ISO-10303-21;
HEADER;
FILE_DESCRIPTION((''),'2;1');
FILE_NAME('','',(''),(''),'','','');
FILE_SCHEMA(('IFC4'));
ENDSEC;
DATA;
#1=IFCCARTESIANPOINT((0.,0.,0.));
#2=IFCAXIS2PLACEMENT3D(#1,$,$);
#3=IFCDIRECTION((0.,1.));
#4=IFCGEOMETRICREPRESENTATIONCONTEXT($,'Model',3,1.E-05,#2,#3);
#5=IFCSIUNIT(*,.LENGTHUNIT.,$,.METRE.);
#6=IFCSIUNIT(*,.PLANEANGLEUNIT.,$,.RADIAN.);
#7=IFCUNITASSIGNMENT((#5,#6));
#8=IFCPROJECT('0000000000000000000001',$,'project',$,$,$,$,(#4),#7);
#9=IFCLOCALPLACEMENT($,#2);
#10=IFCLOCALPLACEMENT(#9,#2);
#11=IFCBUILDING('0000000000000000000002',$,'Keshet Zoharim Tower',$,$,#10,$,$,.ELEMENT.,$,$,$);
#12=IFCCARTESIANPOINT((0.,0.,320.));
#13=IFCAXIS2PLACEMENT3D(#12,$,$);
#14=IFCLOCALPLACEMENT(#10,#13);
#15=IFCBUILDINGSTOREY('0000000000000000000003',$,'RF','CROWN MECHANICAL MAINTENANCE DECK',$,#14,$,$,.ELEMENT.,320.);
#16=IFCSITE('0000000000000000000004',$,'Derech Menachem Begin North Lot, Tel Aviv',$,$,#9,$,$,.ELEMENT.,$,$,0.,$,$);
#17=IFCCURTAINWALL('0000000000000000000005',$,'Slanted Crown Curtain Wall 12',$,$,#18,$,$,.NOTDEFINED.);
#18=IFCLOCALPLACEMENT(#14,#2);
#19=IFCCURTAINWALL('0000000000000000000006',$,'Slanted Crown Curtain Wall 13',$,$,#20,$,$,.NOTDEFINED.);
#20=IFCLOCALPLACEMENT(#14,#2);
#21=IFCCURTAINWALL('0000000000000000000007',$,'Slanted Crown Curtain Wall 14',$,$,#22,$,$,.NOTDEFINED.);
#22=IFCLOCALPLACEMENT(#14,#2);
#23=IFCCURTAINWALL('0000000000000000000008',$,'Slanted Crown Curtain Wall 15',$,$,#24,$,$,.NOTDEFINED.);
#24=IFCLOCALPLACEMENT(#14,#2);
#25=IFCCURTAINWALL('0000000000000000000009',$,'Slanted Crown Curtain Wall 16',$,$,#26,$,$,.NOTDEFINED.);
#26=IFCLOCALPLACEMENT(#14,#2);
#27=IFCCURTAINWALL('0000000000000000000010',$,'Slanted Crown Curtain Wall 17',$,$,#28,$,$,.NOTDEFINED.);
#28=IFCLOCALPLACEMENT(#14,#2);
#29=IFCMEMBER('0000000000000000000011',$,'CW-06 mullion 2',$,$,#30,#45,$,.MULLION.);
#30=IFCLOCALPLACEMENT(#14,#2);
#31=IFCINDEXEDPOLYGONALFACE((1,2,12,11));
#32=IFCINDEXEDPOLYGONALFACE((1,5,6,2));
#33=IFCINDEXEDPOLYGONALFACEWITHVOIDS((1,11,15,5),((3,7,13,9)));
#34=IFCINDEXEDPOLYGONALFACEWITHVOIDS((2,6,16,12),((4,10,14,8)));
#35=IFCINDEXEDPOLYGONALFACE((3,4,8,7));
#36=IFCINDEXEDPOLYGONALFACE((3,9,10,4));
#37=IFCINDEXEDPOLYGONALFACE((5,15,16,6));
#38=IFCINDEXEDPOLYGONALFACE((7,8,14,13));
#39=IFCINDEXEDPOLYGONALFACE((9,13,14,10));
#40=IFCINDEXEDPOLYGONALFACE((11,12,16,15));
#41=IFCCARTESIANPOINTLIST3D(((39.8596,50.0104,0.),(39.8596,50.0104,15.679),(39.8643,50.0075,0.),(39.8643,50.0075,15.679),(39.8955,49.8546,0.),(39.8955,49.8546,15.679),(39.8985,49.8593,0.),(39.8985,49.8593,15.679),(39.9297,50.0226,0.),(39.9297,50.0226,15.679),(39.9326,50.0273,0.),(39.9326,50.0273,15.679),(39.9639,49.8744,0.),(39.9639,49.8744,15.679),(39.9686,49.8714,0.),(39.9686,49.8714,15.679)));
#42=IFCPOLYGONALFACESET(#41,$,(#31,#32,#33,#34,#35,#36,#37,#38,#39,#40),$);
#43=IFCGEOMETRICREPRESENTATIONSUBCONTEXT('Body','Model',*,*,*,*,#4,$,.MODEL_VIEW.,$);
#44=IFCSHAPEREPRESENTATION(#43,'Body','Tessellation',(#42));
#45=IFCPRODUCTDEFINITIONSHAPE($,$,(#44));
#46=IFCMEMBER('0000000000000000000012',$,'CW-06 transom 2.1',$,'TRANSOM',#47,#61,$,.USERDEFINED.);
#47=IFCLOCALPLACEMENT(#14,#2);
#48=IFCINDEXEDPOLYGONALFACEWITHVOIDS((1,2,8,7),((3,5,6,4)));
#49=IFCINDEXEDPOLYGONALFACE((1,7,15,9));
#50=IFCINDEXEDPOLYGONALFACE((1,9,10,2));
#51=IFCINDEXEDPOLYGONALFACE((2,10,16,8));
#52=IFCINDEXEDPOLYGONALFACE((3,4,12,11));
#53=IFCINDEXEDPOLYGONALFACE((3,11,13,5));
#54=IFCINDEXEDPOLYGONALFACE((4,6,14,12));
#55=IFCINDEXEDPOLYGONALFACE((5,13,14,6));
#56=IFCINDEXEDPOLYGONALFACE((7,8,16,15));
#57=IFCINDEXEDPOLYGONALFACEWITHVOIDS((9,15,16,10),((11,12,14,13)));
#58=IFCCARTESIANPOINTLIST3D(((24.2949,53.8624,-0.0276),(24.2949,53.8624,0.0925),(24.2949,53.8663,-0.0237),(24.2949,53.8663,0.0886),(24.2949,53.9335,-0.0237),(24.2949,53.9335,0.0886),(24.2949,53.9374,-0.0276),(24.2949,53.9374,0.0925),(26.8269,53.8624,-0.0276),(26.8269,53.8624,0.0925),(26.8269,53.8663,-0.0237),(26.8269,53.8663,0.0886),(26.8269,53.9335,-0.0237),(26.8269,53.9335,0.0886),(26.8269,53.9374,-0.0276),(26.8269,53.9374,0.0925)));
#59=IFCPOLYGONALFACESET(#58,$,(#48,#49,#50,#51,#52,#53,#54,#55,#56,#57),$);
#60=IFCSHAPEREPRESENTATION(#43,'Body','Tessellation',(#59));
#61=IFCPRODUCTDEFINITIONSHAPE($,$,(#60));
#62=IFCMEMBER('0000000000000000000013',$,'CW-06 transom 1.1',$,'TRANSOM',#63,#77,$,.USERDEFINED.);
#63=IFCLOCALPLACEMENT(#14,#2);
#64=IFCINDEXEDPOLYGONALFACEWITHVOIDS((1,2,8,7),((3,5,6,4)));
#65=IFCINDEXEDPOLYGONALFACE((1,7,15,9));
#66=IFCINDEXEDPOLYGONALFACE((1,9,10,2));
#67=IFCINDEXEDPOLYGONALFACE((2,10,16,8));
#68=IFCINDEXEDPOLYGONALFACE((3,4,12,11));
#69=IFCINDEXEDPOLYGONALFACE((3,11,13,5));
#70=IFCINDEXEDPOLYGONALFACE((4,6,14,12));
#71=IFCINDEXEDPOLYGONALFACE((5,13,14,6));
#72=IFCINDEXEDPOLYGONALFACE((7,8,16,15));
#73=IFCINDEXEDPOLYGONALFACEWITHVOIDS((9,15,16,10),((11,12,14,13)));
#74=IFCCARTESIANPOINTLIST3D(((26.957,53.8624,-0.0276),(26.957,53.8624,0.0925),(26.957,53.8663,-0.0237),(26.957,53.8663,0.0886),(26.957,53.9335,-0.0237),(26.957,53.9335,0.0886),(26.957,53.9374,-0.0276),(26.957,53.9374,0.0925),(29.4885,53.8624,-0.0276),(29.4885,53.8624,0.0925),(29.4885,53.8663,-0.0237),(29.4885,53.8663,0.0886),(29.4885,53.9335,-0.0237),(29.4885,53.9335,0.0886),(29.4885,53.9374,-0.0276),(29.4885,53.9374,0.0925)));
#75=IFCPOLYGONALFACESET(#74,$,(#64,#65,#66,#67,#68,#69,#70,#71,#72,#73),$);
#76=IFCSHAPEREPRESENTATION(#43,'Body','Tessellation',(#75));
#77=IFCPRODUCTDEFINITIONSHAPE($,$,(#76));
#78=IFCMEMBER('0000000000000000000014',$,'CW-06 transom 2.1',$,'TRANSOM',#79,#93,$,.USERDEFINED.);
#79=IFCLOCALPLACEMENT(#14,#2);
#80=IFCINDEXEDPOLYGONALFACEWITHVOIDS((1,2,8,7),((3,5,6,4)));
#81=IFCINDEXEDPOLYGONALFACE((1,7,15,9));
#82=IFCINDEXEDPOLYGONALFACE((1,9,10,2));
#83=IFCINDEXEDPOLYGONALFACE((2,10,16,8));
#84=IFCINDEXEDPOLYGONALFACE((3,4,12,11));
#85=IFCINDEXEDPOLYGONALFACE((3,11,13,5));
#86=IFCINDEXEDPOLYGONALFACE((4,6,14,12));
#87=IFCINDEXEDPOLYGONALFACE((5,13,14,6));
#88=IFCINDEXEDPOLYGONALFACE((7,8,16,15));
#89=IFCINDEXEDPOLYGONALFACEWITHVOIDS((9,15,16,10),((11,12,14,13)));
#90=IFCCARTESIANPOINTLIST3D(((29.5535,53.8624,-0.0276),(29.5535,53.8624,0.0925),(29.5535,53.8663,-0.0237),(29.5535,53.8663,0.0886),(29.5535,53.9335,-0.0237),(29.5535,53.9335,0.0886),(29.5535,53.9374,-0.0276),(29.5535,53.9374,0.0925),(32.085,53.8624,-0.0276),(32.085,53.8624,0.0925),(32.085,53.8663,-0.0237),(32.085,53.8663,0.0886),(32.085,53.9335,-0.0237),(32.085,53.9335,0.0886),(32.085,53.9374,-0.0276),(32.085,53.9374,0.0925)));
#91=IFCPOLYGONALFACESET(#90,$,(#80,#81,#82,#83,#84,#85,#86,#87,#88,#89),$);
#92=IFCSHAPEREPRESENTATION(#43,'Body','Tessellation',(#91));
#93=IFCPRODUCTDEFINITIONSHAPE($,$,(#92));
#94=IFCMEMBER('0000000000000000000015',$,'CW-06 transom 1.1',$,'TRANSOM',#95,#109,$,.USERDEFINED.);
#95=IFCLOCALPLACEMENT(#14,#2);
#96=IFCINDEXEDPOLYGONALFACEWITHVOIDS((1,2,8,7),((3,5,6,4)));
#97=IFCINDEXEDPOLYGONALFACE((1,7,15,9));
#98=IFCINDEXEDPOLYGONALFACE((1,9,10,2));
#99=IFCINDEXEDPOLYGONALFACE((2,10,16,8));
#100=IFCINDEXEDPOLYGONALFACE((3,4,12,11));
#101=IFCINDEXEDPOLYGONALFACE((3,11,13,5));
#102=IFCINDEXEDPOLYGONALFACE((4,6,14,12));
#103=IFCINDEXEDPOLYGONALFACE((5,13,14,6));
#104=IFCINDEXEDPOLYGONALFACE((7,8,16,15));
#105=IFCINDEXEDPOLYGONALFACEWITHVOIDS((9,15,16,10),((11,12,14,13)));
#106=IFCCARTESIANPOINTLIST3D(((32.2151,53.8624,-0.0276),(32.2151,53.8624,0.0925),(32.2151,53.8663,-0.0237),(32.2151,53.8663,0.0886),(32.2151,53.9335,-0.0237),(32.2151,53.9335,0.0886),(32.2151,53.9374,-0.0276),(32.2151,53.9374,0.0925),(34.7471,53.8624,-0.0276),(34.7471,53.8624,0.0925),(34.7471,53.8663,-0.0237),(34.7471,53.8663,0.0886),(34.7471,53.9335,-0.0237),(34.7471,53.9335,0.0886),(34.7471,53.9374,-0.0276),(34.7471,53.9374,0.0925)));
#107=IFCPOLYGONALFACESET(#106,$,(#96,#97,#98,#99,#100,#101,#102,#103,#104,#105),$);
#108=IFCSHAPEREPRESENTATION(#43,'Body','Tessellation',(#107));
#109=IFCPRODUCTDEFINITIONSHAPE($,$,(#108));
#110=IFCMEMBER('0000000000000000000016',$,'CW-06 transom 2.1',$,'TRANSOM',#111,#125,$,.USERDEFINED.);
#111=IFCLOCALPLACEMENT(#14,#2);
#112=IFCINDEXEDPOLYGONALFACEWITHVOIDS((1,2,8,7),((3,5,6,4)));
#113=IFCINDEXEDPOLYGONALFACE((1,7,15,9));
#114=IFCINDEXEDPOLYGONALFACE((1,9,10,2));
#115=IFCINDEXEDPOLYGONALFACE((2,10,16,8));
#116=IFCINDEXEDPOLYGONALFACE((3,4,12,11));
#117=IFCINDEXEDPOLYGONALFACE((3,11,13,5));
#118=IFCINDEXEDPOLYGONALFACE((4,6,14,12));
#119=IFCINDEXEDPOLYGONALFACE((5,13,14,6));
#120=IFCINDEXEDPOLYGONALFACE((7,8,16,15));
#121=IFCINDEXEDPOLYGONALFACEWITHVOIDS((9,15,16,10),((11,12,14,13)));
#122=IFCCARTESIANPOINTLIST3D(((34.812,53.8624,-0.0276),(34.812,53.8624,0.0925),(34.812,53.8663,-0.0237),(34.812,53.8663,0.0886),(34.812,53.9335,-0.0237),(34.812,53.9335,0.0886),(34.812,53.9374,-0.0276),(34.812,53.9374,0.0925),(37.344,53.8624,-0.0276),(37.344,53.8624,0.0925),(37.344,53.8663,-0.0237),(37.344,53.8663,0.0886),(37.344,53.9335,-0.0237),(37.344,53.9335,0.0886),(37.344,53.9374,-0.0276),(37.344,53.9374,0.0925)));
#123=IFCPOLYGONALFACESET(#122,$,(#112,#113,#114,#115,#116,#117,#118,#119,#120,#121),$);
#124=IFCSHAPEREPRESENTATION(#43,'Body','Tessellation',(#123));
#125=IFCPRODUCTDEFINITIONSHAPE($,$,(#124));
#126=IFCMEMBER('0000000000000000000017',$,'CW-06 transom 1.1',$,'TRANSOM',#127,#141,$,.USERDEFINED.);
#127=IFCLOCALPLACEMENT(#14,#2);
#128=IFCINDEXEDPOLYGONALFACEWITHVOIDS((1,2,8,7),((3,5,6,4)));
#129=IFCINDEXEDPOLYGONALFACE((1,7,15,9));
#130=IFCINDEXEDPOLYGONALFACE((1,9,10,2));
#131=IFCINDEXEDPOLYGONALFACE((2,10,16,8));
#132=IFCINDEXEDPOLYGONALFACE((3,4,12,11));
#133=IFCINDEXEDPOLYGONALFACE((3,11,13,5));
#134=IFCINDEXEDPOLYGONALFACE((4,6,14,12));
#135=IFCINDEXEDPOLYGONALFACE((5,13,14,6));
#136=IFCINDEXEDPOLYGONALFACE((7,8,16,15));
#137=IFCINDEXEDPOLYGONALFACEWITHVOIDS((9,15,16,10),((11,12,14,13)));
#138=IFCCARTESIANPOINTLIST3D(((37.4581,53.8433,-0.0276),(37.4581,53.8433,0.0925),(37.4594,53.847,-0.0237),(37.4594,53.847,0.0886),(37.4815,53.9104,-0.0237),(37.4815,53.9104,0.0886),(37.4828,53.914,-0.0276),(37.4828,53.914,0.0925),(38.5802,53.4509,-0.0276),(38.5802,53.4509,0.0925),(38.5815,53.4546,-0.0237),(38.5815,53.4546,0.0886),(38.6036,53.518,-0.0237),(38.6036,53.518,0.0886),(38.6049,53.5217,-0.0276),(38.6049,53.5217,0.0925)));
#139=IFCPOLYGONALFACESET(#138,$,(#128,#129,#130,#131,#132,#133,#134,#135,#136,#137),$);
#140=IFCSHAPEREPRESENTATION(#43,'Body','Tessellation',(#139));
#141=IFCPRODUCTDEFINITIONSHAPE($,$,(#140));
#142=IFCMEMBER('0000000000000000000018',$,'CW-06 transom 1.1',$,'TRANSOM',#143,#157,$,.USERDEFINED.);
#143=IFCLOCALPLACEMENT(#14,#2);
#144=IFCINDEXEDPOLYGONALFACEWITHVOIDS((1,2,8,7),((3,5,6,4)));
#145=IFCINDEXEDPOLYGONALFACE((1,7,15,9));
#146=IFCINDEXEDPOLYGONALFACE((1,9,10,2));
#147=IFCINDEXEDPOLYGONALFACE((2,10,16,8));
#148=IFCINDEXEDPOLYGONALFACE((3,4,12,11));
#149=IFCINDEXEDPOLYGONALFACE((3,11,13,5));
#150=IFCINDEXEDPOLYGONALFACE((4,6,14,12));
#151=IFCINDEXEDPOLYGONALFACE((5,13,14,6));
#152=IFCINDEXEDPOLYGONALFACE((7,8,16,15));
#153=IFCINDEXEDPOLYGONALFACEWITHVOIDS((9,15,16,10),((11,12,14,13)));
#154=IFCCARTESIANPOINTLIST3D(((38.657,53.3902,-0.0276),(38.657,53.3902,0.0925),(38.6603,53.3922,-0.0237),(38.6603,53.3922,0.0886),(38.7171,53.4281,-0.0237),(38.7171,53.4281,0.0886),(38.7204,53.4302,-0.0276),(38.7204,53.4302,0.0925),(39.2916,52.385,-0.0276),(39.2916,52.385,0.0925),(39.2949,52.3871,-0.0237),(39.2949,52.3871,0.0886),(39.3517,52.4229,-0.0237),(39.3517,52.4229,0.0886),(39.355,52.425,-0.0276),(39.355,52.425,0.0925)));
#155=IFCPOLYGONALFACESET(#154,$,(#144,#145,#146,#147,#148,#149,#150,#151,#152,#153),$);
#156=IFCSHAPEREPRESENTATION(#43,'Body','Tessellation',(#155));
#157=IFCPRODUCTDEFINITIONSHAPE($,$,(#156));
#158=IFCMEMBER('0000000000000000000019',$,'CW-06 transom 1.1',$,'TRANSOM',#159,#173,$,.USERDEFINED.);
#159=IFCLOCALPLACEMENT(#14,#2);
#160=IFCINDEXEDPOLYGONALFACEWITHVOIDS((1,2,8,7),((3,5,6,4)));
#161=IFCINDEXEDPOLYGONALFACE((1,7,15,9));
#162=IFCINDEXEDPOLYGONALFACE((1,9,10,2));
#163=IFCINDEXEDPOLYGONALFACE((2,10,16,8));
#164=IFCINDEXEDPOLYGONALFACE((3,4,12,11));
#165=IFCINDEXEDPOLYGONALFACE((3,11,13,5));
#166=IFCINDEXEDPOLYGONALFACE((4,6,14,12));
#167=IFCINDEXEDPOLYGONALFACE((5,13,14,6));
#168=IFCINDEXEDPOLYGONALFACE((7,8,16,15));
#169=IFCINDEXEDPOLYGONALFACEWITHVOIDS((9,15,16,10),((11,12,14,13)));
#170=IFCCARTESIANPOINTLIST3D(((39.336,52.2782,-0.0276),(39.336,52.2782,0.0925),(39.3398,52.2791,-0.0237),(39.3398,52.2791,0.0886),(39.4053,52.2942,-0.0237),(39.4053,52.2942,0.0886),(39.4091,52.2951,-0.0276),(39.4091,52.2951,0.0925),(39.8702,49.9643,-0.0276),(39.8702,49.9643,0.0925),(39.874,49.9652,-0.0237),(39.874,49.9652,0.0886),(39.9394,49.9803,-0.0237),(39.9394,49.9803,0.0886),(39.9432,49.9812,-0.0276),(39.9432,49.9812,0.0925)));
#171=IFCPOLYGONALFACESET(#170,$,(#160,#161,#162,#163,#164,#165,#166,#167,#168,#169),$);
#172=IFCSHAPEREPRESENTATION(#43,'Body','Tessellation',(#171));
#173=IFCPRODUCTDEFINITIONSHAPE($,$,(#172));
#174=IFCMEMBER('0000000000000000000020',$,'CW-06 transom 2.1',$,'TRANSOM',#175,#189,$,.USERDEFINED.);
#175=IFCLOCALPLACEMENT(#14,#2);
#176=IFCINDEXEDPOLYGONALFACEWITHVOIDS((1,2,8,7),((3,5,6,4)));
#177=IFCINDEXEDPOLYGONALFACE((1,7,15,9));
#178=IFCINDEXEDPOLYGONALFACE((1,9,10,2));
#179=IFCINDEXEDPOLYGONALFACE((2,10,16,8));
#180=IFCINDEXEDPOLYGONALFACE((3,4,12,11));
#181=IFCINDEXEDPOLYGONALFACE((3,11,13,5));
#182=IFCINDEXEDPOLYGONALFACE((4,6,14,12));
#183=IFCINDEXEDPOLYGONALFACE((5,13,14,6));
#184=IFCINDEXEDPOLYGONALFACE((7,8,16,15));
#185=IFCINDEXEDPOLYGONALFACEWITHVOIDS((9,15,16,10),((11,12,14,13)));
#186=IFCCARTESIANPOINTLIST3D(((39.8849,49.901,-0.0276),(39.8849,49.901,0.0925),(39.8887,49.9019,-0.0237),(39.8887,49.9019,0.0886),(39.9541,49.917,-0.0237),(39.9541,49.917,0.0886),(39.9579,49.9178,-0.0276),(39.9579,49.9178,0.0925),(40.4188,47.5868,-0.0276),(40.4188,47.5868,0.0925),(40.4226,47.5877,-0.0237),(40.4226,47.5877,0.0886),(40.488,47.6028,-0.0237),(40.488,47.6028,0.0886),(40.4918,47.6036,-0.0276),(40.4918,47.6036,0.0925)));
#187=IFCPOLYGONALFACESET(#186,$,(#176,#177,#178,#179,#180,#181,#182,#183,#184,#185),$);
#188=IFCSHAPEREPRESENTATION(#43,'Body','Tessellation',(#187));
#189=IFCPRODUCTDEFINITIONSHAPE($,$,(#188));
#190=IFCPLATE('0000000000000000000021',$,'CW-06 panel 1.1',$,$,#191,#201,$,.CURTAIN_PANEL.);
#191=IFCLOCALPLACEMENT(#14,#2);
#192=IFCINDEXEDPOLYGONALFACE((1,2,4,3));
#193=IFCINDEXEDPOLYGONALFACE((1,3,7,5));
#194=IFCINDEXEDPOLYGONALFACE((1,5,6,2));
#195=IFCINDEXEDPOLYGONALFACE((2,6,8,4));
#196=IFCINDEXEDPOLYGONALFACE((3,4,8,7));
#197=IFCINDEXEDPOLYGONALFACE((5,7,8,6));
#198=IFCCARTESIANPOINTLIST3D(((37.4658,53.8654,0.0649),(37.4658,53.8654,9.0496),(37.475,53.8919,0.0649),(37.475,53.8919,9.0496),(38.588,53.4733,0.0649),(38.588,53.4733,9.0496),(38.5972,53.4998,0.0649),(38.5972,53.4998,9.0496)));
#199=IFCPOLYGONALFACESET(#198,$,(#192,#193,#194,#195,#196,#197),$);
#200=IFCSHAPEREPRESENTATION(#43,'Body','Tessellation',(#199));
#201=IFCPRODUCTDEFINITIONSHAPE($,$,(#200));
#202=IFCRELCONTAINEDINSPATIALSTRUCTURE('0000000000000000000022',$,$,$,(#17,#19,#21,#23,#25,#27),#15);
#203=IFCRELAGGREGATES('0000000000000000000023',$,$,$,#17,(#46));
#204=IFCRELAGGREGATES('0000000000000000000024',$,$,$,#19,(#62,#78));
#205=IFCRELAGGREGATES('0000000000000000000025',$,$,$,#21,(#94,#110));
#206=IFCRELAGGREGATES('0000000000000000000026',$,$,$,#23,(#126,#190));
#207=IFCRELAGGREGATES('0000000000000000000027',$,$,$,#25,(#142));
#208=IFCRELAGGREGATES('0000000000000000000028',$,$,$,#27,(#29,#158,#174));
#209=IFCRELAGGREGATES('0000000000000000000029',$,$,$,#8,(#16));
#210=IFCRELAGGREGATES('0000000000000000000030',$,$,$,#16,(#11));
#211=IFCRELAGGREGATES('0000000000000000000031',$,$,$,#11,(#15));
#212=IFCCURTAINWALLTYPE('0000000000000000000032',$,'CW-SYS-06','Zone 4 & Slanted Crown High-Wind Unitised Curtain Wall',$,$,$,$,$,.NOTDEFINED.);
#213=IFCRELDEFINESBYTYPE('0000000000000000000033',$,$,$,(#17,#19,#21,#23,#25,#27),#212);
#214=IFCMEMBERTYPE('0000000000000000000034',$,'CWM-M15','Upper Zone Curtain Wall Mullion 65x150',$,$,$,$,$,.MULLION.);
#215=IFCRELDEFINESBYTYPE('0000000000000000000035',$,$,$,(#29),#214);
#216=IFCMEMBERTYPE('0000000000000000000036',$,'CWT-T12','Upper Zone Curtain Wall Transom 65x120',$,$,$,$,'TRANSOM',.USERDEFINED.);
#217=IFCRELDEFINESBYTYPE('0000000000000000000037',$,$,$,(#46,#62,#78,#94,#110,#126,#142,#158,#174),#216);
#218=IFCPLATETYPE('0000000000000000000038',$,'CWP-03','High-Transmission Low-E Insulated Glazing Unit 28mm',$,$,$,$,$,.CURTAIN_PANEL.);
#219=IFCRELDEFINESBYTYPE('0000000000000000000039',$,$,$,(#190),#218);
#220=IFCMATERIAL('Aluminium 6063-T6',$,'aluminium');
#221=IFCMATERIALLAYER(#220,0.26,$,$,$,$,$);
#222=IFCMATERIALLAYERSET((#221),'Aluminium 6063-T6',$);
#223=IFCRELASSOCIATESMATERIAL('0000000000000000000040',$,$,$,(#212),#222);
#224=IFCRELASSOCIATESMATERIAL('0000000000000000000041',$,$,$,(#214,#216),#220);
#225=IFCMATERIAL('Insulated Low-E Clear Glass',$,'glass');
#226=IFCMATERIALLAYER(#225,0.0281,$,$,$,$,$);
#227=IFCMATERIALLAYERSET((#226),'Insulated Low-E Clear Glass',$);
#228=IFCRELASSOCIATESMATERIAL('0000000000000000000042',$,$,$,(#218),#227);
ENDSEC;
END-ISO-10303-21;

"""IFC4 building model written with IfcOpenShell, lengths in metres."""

from ifc_helpers import new_model, si_unit, direction, frame, origin, origin_2d, place, context, subcontext, project, spatial, rectangle, hollow_rectangle, extrude, material, layer, layer_set, material_profile, profile_set, type_object, element, aggregate, save


model = new_model("IFC4")

# Units and contexts
model_context = context("Model", 3, precision=1e-05, world=origin(), true_north=direction((0.0, 1.0)))
body_context = subcontext(model_context, "Body", "Model", "MODEL_VIEW")
ifc_project = project(units=[si_unit("LENGTHUNIT", "METRE"), si_unit("PLANEANGLEUNIT", "RADIAN")], contexts=[model_context])

# Site, building, storey
site_placement = place(None, origin())
site = spatial("IfcSite", under=ifc_project, at=site_placement, Name="Derech Menachem Begin North Lot, Tel Aviv", CompositionType="ELEMENT", RefElevation=0.0)
building_placement = place(site_placement, origin())
building = spatial("IfcBuilding", under=site, at=building_placement, Name="Keshet Zoharim Tower", CompositionType="ELEMENT")
storey_placement = place(building_placement, frame((0.0, 0.0, 320.0)))
storey = spatial("IfcBuildingStorey", under=building, at=storey_placement, Name="RF", Description="CROWN MECHANICAL MAINTENANCE DECK", CompositionType="ELEMENT", Elevation=320.0)

# Curtain walls, member
ifc_material_1 = material(Name="Aluminium 6063-T6", Category="aluminium")
ifc_layer_1 = layer(ifc_material_1, 0.26)
ifc_layer_set_1 = layer_set([ifc_layer_1], Name="Aluminium 6063-T6")
curtain_wall_type = type_object("IfcCurtainWallType", Name="CW-SYS-06", Description="Zone 4 & Slanted Crown High-Wind Unitised Curtain Wall", PredefinedType="NOTDEFINED", material=ifc_layer_set_1)
curtain_wall_1_placement = place(storey_placement, origin())
curtain_wall_1 = element("IfcCurtainWall", 1, at=curtain_wall_1_placement, inside=storey, type_object=curtain_wall_type, Name="Slanted Crown Curtain Wall 12", PredefinedType="NOTDEFINED")
ifc_material_profile_1 = material_profile(ifc_material_1, hollow_rectangle(XDim=0.075, YDim=0.1599, WallThickness=0.0039, at=origin_2d()), Name="MUL-75x160")
ifc_profile_set_1 = profile_set([ifc_material_profile_1], Name="Aluminium 6063-T6")
member_type_1 = type_object("IfcMemberType", Name="CWM-M15", Description="Upper Zone Curtain Wall Mullion 65x150", PredefinedType="MULLION", material=ifc_profile_set_1)
curtain_wall_2_placement = place(storey_placement, origin())
curtain_wall_2 = element("IfcCurtainWall", 2, at=curtain_wall_2_placement, inside=storey, type_object=curtain_wall_type, Name="Slanted Crown Curtain Wall 13", PredefinedType="NOTDEFINED")
curtain_wall_3_placement = place(storey_placement, origin())
curtain_wall_3 = element("IfcCurtainWall", 3, at=curtain_wall_3_placement, inside=storey, type_object=curtain_wall_type, Name="Slanted Crown Curtain Wall 14", PredefinedType="NOTDEFINED")
curtain_wall_4_placement = place(storey_placement, origin())
curtain_wall_4 = element("IfcCurtainWall", 4, at=curtain_wall_4_placement, inside=storey, type_object=curtain_wall_type, Name="Slanted Crown Curtain Wall 15", PredefinedType="NOTDEFINED")
curtain_wall_5_placement = place(storey_placement, origin())
curtain_wall_5 = element("IfcCurtainWall", 5, at=curtain_wall_5_placement, inside=storey, type_object=curtain_wall_type, Name="Slanted Crown Curtain Wall 16", PredefinedType="NOTDEFINED")
curtain_wall_6_placement = place(storey_placement, origin())
curtain_wall_6 = element("IfcCurtainWall", 6, at=curtain_wall_6_placement, inside=storey, type_object=curtain_wall_type, Name="Slanted Crown Curtain Wall 17", PredefinedType="NOTDEFINED")
member_1_placement = place(storey_placement, frame((39.9141, 49.9409, 0.0), z_axis=(0.0, 0.0, 1.0), x_axis=(0.974384, 0.224889, 0.0)))
member_1 = element("IfcMember", 7, at=member_1_placement, type_object=member_type_1, Name="CW-06 mullion 2", PredefinedType="MULLION", context=body_context, shape_type="SweptSolid", body=[
    extrude(hollow_rectangle(XDim=0.075, YDim=0.1599, WallThickness=0.0039, at=origin_2d()), origin(), (0.0, 0.0, 1.0), 15.679),
])

# Members
ifc_material_profile_2 = material_profile(ifc_material_1, hollow_rectangle(XDim=0.075, YDim=0.1201, WallThickness=0.0039, at=origin_2d()), Name="TRN-75x120")
ifc_profile_set_2 = profile_set([ifc_material_profile_2], Name="Aluminium 6063-T6")
member_type_2 = type_object("IfcMemberType", Name="CWT-T12", Description="Upper Zone Curtain Wall Transom 65x120", ElementType="TRANSOM", PredefinedType="USERDEFINED", material=ifc_profile_set_2)
member_2_placement = place(storey_placement, frame((24.2949, 53.8999, 0.0325), z_axis=(1.0, 0.0, 0.0), x_axis=(0.0, 1.0, 0.0)))
member_2 = element("IfcMember", 8, at=member_2_placement, type_object=member_type_2, Name="CW-06 transom 2.1", ObjectType="TRANSOM", PredefinedType="USERDEFINED", context=body_context, shape_type="SweptSolid", body=[
    extrude(hollow_rectangle(XDim=0.075, YDim=0.1201, WallThickness=0.0039, at=origin_2d()), origin(), (0.0, 0.0, 1.0), 2.532),
])
aggregate(curtain_wall_1, [member_2])
member_3_placement = place(storey_placement, frame((26.957, 53.8999, 0.0325), z_axis=(1.0, 0.0, 0.0), x_axis=(0.0, 1.0, 0.0)))
member_3 = element("IfcMember", 9, at=member_3_placement, type_object=member_type_2, Name="CW-06 transom 1.1", ObjectType="TRANSOM", PredefinedType="USERDEFINED", context=body_context, shape_type="SweptSolid", body=[
    extrude(hollow_rectangle(XDim=0.075, YDim=0.1201, WallThickness=0.0039, at=origin_2d()), origin(), (0.0, 0.0, 1.0), 2.5315),
])
member_4_placement = place(storey_placement, frame((29.5535, 53.8999, 0.0325), z_axis=(1.0, 0.0, 0.0), x_axis=(0.0, 1.0, 0.0)))
member_4 = element("IfcMember", 10, at=member_4_placement, type_object=member_type_2, Name="CW-06 transom 2.1", ObjectType="TRANSOM", PredefinedType="USERDEFINED", context=body_context, shape_type="SweptSolid", body=[
    extrude(hollow_rectangle(XDim=0.075, YDim=0.1201, WallThickness=0.0039, at=origin_2d()), origin(), (0.0, 0.0, 1.0), 2.5315),
])
aggregate(curtain_wall_2, [member_3, member_4])
member_5_placement = place(storey_placement, frame((32.2151, 53.8999, 0.0325), z_axis=(1.0, 0.0, 0.0), x_axis=(0.0, 1.0, 0.0)))
member_5 = element("IfcMember", 11, at=member_5_placement, type_object=member_type_2, Name="CW-06 transom 1.1", ObjectType="TRANSOM", PredefinedType="USERDEFINED", context=body_context, shape_type="SweptSolid", body=[
    extrude(hollow_rectangle(XDim=0.075, YDim=0.1201, WallThickness=0.0039, at=origin_2d()), origin(), (0.0, 0.0, 1.0), 2.532),
])
member_6_placement = place(storey_placement, frame((34.812, 53.8999, 0.0325), z_axis=(1.0, 0.0, 0.0), x_axis=(0.0, 1.0, 0.0)))
member_6 = element("IfcMember", 12, at=member_6_placement, type_object=member_type_2, Name="CW-06 transom 2.1", ObjectType="TRANSOM", PredefinedType="USERDEFINED", context=body_context, shape_type="SweptSolid", body=[
    extrude(hollow_rectangle(XDim=0.075, YDim=0.1201, WallThickness=0.0039, at=origin_2d()), origin(), (0.0, 0.0, 1.0), 2.532),
])
aggregate(curtain_wall_3, [member_5, member_6])
member_7_placement = place(storey_placement, frame((37.4705, 53.8787, 0.0325), z_axis=(0.943961, -0.330058, 0.0), x_axis=(0.330058, 0.943961, 0.0)))
member_7 = element("IfcMember", 13, at=member_7_placement, type_object=member_type_2, Name="CW-06 transom 1.1", ObjectType="TRANSOM", PredefinedType="USERDEFINED", context=body_context, shape_type="SweptSolid", body=[
    extrude(hollow_rectangle(XDim=0.075, YDim=0.1201, WallThickness=0.0039, at=origin_2d()), origin(), (0.0, 0.0, 1.0), 1.1887),
])
member_8_placement = place(storey_placement, frame((38.6887, 53.4102, 0.0325), z_axis=(0.533815, -0.845601, 0.0), x_axis=(0.845601, 0.533815, 0.0)))
member_8 = element("IfcMember", 14, at=member_8_placement, type_object=member_type_2, Name="CW-06 transom 1.1", ObjectType="TRANSOM", PredefinedType="USERDEFINED", context=body_context, shape_type="SweptSolid", body=[
    extrude(hollow_rectangle(XDim=0.075, YDim=0.1201, WallThickness=0.0039, at=origin_2d()), origin(), (0.0, 0.0, 1.0), 1.1887),
])
member_9_placement = place(storey_placement, frame((39.3726, 52.2866, 0.0325), z_axis=(0.224935, -0.974374, 0.0), x_axis=(0.974374, 0.224935, 0.0)))
member_9 = element("IfcMember", 15, at=member_9_placement, type_object=member_type_2, Name="CW-06 transom 1.1", ObjectType="TRANSOM", PredefinedType="USERDEFINED", context=body_context, shape_type="SweptSolid", body=[
    extrude(hollow_rectangle(XDim=0.075, YDim=0.1201, WallThickness=0.0039, at=origin_2d()), origin(), (0.0, 0.0, 1.0), 2.3748),
])
member_10_placement = place(storey_placement, frame((39.9214, 49.9094, 0.0325), z_axis=(0.224814, -0.974402, 0.0), x_axis=(0.974402, 0.224814, 0.0)))
member_10 = element("IfcMember", 16, at=member_10_placement, type_object=member_type_2, Name="CW-06 transom 2.1", ObjectType="TRANSOM", PredefinedType="USERDEFINED", context=body_context, shape_type="SweptSolid", body=[
    extrude(hollow_rectangle(XDim=0.075, YDim=0.1201, WallThickness=0.0039, at=origin_2d()), origin(), (0.0, 0.0, 1.0), 2.375),
])

# Plate
ifc_material_2 = material(Name="Insulated Low-E Clear Glass", Category="glass")
ifc_layer_2 = layer(ifc_material_2, 0.0281)
ifc_layer_set_2 = layer_set([ifc_layer_2], Name="Insulated Low-E Clear Glass")
plate_type = type_object("IfcPlateType", Name="CWP-03", Description="High-Transmission Low-E Insulated Glazing Unit 28mm", PredefinedType="CURTAIN_PANEL", material=ifc_layer_set_2)
plate_1_placement = place(storey_placement, frame((38.0315, 53.6826, 0.0649), z_axis=(0.0, 0.0, 1.0), x_axis=(0.944036, -0.329844, 0.0)))
plate_1 = element("IfcPlate", 17, at=plate_1_placement, type_object=plate_type, Name="CW-06 panel 1.1", PredefinedType="CURTAIN_PANEL", context=body_context, shape_type="SweptSolid", body=[
    extrude(rectangle(XDim=1.1887, YDim=0.0281, at=origin_2d()), origin(), (0.0, 0.0, 1.0), 8.9846),
])
aggregate(curtain_wall_4, [member_7, plate_1])
aggregate(curtain_wall_5, [member_8])
aggregate(curtain_wall_6, [member_1, member_9, member_10])

save(model, "model.ifc")
